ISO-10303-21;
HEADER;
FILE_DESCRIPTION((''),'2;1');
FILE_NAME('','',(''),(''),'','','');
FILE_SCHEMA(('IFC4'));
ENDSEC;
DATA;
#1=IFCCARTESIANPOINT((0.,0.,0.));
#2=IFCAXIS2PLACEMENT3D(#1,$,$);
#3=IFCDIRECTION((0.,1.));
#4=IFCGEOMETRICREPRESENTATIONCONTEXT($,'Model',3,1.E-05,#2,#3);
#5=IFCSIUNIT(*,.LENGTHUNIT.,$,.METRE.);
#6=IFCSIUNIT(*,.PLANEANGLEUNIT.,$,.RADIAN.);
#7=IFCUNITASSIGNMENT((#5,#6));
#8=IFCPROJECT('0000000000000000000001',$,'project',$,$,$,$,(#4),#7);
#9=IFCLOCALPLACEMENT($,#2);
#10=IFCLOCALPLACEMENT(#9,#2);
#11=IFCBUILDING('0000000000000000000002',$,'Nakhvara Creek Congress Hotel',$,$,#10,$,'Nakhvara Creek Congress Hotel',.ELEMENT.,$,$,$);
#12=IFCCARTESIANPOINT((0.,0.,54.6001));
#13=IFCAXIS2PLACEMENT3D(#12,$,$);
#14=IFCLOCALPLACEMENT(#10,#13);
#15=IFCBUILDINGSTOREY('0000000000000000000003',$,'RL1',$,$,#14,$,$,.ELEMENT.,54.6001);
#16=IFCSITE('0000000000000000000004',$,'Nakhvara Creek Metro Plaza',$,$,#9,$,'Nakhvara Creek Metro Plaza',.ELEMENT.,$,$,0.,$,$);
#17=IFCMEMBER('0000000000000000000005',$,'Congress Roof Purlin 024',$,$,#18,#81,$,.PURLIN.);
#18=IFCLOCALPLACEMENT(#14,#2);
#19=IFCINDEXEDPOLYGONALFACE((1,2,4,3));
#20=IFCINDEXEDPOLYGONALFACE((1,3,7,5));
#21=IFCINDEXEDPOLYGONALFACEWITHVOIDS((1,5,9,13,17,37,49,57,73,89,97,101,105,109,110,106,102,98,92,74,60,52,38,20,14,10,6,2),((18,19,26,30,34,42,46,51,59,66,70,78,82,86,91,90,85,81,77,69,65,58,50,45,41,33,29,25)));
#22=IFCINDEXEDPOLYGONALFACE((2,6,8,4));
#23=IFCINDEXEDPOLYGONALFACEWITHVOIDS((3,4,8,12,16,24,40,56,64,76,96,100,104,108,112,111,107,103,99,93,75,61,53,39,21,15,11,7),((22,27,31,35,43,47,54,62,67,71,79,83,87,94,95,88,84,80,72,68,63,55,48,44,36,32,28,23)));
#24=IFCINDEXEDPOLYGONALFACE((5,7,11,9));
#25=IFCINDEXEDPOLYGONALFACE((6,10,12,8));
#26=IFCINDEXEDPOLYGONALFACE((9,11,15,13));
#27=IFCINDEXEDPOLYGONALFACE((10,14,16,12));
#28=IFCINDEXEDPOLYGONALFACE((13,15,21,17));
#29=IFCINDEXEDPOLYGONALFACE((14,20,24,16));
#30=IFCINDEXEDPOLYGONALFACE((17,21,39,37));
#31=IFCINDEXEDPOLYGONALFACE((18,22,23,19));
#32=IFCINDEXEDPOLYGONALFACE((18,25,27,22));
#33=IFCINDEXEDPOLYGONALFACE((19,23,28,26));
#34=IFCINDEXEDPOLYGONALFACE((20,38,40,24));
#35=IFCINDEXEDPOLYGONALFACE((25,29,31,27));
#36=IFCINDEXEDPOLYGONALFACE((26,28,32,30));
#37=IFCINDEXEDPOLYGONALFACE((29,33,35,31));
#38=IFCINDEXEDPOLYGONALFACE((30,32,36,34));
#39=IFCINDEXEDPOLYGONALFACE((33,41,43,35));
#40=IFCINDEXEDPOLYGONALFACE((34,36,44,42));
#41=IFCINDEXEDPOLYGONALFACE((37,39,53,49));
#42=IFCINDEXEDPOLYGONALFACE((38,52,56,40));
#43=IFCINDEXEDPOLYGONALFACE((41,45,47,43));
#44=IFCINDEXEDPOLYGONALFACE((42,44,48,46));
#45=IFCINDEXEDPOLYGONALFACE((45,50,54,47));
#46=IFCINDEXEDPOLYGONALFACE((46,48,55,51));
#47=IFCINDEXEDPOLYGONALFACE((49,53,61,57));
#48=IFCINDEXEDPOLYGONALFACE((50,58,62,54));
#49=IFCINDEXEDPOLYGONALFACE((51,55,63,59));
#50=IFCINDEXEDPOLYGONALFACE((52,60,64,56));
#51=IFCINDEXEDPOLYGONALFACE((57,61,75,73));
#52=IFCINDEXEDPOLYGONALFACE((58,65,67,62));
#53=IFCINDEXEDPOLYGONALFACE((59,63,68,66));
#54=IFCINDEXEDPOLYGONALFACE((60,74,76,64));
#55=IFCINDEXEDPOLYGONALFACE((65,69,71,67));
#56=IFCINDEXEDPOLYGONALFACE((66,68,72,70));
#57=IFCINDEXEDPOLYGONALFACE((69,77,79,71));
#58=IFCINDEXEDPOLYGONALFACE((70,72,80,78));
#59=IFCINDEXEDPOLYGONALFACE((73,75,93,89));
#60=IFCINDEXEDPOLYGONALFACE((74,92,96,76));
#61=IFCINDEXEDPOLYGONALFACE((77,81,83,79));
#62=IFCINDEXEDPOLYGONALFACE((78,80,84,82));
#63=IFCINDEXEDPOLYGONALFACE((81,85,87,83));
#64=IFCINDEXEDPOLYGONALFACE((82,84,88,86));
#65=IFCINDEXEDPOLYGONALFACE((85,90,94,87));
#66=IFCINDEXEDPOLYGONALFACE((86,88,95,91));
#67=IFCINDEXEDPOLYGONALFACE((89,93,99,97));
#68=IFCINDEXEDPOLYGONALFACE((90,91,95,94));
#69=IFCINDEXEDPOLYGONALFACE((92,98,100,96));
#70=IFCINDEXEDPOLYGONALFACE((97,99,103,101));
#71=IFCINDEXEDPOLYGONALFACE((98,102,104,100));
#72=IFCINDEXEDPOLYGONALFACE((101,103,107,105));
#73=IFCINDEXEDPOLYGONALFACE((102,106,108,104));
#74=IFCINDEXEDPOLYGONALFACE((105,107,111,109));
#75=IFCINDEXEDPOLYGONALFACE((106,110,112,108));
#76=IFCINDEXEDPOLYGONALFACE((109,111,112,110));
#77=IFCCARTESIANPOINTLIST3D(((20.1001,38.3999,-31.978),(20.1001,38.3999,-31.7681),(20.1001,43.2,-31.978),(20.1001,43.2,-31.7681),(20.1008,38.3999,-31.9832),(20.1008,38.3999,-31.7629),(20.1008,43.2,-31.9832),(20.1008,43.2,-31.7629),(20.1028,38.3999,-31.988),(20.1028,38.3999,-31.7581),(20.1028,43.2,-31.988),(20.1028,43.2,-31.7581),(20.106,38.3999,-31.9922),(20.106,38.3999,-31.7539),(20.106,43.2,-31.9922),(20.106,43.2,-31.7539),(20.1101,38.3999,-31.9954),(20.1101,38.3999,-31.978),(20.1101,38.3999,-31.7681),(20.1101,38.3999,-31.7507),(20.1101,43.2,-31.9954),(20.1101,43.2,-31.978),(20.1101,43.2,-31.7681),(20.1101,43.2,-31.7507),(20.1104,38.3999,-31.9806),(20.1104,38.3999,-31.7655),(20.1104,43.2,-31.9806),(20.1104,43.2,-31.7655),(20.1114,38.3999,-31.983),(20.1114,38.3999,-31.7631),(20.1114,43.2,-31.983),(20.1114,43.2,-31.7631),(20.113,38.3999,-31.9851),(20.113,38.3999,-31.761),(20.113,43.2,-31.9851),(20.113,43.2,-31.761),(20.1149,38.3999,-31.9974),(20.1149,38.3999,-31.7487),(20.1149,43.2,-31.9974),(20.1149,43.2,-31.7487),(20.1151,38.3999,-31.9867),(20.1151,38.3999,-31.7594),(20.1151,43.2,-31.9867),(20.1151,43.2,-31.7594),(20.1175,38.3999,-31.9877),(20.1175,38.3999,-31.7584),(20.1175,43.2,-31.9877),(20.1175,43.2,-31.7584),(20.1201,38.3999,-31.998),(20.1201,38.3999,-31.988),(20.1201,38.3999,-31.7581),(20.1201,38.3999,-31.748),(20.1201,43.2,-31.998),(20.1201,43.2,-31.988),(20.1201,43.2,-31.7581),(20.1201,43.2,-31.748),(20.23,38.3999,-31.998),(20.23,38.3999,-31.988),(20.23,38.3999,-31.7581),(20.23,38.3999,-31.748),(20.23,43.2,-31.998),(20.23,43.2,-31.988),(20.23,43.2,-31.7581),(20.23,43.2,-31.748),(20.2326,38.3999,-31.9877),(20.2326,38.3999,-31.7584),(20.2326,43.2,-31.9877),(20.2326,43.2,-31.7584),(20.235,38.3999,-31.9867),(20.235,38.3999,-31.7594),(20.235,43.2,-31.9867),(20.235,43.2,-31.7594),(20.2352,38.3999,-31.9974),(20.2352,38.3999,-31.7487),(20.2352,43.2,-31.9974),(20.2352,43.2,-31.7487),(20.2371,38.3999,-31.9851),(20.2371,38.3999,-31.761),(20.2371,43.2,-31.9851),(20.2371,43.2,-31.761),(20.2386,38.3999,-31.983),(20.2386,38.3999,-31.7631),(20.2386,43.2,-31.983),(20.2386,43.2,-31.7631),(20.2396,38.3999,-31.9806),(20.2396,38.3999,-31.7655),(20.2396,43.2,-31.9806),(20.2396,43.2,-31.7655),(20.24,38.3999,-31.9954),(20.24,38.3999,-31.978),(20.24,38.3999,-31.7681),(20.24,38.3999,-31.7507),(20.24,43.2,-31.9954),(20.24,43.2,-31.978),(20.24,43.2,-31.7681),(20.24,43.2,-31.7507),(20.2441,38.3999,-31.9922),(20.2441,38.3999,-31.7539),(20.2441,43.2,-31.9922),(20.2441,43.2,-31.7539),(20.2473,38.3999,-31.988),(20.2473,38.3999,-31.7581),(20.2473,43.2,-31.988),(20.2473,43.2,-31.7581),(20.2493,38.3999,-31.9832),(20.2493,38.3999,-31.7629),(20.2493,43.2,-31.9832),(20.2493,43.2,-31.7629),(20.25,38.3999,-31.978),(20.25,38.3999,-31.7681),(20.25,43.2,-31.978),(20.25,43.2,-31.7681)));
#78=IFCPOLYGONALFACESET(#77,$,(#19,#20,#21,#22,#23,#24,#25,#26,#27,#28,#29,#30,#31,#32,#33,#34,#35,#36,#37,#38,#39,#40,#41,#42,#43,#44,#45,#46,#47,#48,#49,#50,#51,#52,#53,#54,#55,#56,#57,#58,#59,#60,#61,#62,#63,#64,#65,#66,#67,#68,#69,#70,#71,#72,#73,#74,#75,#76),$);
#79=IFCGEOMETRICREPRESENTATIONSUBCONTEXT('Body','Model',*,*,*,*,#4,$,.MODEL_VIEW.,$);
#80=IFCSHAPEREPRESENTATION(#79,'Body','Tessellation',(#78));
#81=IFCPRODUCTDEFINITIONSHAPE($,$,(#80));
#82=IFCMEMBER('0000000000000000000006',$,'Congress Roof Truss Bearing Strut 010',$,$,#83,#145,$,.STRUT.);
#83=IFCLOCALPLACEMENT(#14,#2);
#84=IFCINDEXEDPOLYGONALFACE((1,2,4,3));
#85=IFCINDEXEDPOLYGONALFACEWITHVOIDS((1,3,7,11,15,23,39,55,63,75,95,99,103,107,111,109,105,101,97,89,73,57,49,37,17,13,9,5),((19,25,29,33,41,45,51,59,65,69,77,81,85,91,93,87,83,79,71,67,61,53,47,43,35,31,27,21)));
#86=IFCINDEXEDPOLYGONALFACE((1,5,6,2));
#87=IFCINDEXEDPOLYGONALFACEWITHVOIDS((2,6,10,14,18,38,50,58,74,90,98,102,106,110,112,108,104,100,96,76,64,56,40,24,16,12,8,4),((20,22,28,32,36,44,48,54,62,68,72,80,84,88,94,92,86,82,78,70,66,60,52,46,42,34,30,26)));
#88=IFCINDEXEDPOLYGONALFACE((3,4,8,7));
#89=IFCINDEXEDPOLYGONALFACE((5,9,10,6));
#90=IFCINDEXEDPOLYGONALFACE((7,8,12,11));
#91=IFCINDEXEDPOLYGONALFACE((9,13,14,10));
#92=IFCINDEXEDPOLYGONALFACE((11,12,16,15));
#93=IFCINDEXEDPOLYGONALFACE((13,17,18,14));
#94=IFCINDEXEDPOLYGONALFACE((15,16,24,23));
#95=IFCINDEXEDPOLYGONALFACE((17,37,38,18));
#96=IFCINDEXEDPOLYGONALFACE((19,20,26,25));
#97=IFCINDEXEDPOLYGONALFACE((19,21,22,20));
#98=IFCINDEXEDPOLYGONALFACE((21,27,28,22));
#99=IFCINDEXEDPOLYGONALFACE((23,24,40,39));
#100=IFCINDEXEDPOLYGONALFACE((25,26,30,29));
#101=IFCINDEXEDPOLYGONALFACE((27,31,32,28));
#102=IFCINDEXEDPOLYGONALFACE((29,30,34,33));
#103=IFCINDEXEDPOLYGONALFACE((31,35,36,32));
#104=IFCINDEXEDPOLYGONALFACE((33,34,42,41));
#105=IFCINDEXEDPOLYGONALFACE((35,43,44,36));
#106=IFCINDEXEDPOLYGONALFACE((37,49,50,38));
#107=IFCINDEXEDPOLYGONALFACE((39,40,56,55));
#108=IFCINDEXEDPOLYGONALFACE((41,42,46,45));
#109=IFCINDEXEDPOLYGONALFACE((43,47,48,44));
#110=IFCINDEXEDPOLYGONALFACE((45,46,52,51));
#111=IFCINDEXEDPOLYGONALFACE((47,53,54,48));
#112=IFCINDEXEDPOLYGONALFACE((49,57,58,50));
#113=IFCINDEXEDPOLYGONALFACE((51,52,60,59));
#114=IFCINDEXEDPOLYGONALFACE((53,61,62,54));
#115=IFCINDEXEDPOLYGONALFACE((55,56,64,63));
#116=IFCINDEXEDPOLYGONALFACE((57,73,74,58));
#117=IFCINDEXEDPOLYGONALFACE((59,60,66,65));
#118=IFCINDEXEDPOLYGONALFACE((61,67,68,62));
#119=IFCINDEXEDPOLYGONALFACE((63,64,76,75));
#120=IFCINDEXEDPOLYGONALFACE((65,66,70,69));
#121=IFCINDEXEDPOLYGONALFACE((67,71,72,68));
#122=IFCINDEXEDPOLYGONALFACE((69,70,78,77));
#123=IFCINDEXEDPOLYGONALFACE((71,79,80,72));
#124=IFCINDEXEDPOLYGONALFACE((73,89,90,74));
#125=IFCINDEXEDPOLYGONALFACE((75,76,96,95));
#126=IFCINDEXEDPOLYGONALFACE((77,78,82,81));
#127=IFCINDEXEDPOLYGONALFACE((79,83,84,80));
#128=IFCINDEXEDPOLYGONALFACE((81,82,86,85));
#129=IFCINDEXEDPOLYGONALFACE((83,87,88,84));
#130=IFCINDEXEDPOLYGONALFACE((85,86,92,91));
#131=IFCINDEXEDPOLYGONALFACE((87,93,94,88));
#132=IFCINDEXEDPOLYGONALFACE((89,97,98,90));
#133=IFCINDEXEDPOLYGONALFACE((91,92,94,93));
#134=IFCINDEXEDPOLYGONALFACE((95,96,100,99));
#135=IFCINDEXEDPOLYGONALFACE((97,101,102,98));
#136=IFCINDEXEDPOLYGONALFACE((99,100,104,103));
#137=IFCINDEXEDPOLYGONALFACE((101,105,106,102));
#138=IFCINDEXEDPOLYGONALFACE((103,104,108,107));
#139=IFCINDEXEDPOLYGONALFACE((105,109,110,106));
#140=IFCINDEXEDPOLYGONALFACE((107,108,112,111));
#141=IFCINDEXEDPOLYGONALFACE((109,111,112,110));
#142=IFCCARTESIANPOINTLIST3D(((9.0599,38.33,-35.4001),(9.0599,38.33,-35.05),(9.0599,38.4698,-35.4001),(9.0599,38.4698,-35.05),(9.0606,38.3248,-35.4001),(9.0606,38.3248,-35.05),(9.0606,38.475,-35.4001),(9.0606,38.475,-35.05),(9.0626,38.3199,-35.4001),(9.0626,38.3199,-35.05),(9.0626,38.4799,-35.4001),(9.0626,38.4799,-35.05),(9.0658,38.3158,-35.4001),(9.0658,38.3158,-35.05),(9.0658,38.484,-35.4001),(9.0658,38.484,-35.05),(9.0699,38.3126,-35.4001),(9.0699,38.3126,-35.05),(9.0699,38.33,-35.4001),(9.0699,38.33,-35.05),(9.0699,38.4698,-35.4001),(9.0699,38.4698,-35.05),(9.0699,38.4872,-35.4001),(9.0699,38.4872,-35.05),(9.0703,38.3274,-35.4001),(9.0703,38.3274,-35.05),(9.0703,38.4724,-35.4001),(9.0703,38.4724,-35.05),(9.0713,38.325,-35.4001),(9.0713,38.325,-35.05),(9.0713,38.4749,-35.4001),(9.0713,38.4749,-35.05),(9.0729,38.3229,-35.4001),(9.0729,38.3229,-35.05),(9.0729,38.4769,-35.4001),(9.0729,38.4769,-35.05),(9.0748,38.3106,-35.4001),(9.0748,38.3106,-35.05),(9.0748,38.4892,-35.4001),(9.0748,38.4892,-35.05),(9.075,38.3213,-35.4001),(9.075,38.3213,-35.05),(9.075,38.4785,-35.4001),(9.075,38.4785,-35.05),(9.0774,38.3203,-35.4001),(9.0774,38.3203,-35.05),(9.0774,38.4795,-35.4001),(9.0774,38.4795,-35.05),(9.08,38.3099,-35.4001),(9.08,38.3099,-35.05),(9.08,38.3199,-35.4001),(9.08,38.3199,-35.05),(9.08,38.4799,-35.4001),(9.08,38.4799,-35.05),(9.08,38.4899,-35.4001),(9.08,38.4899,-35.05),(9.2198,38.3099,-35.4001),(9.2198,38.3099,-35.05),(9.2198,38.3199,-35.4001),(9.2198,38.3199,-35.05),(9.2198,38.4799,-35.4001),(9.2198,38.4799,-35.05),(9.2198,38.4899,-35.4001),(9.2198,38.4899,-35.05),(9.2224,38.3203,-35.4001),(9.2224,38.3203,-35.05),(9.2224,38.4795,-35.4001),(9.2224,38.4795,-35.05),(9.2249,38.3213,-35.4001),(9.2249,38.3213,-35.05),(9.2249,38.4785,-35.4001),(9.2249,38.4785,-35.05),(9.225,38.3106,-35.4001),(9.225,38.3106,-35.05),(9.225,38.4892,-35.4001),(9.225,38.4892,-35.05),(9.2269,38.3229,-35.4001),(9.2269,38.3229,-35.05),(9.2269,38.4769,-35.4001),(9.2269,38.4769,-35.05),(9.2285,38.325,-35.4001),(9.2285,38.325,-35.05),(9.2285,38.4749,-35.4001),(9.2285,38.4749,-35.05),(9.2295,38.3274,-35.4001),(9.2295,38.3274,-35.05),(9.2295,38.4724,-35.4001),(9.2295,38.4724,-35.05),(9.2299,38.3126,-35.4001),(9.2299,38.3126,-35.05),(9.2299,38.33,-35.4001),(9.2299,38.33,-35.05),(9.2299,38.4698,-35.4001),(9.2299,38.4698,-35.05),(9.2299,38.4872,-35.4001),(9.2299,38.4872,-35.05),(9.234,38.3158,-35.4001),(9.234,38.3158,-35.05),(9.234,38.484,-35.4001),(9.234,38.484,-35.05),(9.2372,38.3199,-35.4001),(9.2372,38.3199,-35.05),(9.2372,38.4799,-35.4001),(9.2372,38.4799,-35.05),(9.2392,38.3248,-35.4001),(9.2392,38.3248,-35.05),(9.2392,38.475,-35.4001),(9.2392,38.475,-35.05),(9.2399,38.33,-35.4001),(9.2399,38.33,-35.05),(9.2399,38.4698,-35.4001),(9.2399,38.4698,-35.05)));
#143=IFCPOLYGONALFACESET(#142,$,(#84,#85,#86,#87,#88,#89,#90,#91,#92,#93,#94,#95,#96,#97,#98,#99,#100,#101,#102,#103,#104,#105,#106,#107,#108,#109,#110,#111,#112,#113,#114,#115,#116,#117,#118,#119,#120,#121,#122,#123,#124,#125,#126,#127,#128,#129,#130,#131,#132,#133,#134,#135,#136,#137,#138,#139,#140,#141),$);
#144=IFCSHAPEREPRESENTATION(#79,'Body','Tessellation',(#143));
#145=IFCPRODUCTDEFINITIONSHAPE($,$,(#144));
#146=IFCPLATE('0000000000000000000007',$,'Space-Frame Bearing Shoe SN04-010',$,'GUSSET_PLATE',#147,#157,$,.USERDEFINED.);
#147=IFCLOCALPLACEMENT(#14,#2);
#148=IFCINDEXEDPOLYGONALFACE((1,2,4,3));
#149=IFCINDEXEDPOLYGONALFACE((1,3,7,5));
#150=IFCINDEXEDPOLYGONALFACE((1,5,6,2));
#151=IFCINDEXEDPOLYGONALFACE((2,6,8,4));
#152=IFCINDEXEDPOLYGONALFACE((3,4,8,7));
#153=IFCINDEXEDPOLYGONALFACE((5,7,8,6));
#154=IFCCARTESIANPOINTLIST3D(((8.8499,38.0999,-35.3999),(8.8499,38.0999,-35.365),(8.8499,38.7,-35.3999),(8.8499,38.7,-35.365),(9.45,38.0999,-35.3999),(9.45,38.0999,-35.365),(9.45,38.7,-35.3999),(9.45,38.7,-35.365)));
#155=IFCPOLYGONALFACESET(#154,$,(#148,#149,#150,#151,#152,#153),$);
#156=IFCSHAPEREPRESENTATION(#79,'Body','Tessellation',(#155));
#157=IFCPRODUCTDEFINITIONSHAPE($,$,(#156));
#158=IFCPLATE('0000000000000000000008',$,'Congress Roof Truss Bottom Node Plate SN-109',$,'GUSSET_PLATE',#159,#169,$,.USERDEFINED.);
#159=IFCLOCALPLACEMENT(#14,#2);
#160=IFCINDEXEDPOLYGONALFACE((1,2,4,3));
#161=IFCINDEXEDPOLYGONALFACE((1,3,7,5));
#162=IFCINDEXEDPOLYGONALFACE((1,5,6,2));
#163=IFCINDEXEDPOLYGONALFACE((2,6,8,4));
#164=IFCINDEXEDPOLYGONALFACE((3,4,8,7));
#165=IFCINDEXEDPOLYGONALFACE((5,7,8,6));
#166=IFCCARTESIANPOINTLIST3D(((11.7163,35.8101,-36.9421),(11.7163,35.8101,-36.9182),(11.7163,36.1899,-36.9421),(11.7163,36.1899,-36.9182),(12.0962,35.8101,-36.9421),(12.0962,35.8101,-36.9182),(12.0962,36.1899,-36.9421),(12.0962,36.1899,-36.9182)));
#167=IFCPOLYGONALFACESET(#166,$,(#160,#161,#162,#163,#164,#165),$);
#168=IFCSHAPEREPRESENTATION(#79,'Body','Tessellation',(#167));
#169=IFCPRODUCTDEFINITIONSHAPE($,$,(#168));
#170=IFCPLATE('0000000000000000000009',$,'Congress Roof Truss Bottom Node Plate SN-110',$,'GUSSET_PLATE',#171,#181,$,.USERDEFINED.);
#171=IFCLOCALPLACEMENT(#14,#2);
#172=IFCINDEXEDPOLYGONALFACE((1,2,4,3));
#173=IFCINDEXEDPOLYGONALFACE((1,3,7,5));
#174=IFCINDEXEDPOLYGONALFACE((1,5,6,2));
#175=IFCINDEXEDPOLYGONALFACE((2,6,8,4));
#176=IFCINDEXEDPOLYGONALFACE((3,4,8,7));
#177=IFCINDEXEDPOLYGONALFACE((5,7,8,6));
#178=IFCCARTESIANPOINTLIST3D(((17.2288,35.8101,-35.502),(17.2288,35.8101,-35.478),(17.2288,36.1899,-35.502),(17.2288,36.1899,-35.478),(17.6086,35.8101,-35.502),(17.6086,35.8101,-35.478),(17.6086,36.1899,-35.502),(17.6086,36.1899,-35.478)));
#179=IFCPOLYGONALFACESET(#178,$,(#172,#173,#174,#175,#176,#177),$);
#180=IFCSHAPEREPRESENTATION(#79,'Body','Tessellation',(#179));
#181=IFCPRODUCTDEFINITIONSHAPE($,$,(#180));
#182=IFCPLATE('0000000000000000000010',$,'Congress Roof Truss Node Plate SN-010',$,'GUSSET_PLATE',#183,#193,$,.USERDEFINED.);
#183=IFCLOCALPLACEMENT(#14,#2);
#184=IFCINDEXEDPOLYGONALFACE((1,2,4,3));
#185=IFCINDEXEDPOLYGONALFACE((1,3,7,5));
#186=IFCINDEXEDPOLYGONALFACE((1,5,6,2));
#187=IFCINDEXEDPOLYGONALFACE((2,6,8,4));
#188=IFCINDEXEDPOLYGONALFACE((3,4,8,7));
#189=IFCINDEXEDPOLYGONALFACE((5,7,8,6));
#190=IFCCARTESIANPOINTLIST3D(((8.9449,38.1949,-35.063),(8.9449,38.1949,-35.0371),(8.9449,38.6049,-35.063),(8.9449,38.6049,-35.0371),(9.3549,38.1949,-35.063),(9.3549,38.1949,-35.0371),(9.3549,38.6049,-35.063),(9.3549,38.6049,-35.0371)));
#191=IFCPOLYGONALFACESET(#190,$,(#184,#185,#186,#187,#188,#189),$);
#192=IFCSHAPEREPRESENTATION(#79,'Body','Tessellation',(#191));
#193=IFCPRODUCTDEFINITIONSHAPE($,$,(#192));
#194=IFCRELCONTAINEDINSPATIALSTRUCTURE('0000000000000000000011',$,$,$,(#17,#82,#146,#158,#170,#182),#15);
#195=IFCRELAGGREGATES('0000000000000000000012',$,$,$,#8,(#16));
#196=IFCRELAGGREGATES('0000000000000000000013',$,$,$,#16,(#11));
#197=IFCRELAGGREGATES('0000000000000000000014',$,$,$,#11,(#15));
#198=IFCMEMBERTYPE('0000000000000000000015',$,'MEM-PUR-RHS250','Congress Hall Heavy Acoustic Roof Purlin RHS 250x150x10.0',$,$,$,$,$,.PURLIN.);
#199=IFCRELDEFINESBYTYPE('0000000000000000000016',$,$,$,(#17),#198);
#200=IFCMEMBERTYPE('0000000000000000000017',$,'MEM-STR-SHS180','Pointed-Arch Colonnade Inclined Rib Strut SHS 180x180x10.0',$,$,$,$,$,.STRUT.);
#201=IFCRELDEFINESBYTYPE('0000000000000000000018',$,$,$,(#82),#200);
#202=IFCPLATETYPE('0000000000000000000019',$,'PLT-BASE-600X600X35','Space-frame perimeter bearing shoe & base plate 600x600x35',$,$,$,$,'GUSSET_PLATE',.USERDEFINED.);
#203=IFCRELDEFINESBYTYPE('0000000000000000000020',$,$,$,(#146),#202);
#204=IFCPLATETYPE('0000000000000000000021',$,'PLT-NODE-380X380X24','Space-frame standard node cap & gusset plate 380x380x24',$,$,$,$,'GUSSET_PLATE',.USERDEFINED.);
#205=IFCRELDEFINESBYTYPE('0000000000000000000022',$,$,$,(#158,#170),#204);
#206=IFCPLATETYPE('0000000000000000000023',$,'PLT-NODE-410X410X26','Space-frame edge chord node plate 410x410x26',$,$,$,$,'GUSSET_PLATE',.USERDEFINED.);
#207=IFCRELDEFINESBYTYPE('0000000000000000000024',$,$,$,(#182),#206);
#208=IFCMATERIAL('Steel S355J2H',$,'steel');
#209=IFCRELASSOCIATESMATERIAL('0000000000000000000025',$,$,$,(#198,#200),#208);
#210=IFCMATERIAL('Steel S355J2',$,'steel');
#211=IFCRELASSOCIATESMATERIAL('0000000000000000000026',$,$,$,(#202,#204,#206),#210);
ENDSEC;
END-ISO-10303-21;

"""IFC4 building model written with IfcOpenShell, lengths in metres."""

from ifc_helpers import new_model, si_unit, direction, frame, origin, origin_2d, place, context, subcontext, project, spatial, rectangle, hollow_rectangle, extrude, material, material_profile, profile_set, type_object, element, save


model = new_model("IFC4")

# Units and contexts
model_context = context("Model", 3, precision=1e-05, world=origin(), true_north=direction((0.0, 1.0)))
body_context = subcontext(model_context, "Body", "Model", "MODEL_VIEW")
ifc_project = project(units=[si_unit("LENGTHUNIT", "METRE"), si_unit("PLANEANGLEUNIT", "RADIAN")], contexts=[model_context])

# Site, building, storey
site_placement = place(None, origin())
site = spatial("IfcSite", under=ifc_project, at=site_placement, Name="Nakhvara Creek Metro Plaza", LongName="Nakhvara Creek Metro Plaza", CompositionType="ELEMENT", RefElevation=0.0)
building_placement = place(site_placement, origin())
building = spatial("IfcBuilding", under=site, at=building_placement, Name="Nakhvara Creek Congress Hotel", LongName="Nakhvara Creek Congress Hotel", CompositionType="ELEMENT")
storey_placement = place(building_placement, frame((0.0, 0.0, 54.6001)))
storey = spatial("IfcBuildingStorey", under=building, at=storey_placement, Name="RL1", CompositionType="ELEMENT", Elevation=54.6001)

# Members
ifc_material_1 = material(Name="Steel S355J2H", Category="steel")
ifc_material_profile_1 = material_profile(ifc_material_1, hollow_rectangle(XDim=0.1499, YDim=0.25, WallThickness=0.01, InnerFilletRadius=0.01, OuterFilletRadius=0.02, at=origin_2d()), Name="RHS 250x150x10.0", Category="LoadBearing")
ifc_profile_set_1 = profile_set([ifc_material_profile_1], Name="Steel S355J2H")
member_type_1 = type_object("IfcMemberType", Name="MEM-PUR-RHS250", Description="Congress Hall Heavy Acoustic Roof Purlin RHS 250x150x10.0", PredefinedType="PURLIN", material=ifc_profile_set_1)
for number, where, z_axis, x_axis, name in (
    (1, (20.175, 38.3999, -31.873), (0.0, 1.0, 0.0), (-1.0, 0.0, 0.0), "Congress Roof Purlin 024"),
):
    element("IfcMember", number, at=place(storey_placement, frame(where, z_axis=z_axis, x_axis=x_axis)), inside=storey, type_object=member_type_1, Name=name, PredefinedType="PURLIN", context=body_context, shape_type="SweptSolid", body=[
        extrude(hollow_rectangle(XDim=0.1499, YDim=0.25, WallThickness=0.01, InnerFilletRadius=0.01, OuterFilletRadius=0.02, at=origin_2d()), origin(), (0.0, 0.0, 1.0), 4.8),
    ])
ifc_material_profile_2 = material_profile(ifc_material_1, hollow_rectangle(XDim=0.1799, YDim=0.1799, WallThickness=0.01, InnerFilletRadius=0.01, OuterFilletRadius=0.02, at=origin_2d()), Name="SHS 180x180x10.0", Category="LoadBearing")
ifc_profile_set_2 = profile_set([ifc_material_profile_2], Name="Steel S355J2H")
member_type_2 = type_object("IfcMemberType", Name="MEM-STR-SHS180", Description="Pointed-Arch Colonnade Inclined Rib Strut SHS 180x180x10.0", PredefinedType="STRUT", material=ifc_profile_set_2)
member_1_placement = place(storey_placement, frame((9.1499, 38.3999, -35.4001), z_axis=(0.0, 0.0, 1.0), x_axis=(1.0, 0.0, 0.0)))
element("IfcMember", 2, at=member_1_placement, inside=storey, type_object=member_type_2, Name="Congress Roof Truss Bearing Strut 010", PredefinedType="STRUT", context=body_context, shape_type="SweptSolid", body=[
    extrude(hollow_rectangle(XDim=0.1799, YDim=0.1799, WallThickness=0.01, InnerFilletRadius=0.01, OuterFilletRadius=0.02, at=origin_2d()), origin(), (0.0, 0.0, 1.0), 0.3501),
])

# Plates
ifc_material_2 = material(Name="Steel S355J2", Category="steel")
plate_type_1 = type_object("IfcPlateType", Name="PLT-BASE-600X600X35", Description="Space-frame perimeter bearing shoe & base plate 600x600x35", ElementType="GUSSET_PLATE", PredefinedType="USERDEFINED", material=ifc_material_2)
plate_1_placement = place(storey_placement, frame((9.1499, 38.3999, -35.3999), z_axis=(0.0, 0.0, 1.0), x_axis=(1.0, 0.0, 0.0)))
element("IfcPlate", 3, at=plate_1_placement, inside=storey, type_object=plate_type_1, Name="Space-Frame Bearing Shoe SN04-010", ObjectType="GUSSET_PLATE", PredefinedType="USERDEFINED", context=body_context, shape_type="SweptSolid", body=[
    extrude(rectangle(XDim=0.6001, YDim=0.6001, at=origin_2d()), origin(), (0.0, 0.0, 1.0), 0.0349),
])
plate_type_2 = type_object("IfcPlateType", Name="PLT-NODE-380X380X24", Description="Space-frame standard node cap & gusset plate 380x380x24", ElementType="GUSSET_PLATE", PredefinedType="USERDEFINED", material=ifc_material_2)
for number, where, z_axis, x_axis, name in (
    (4, (11.9062, 36.0, -36.9421), (0.0, 0.0, 1.0), (1.0, 0.0, 0.0), "Congress Roof Truss Bottom Node Plate SN-109"),
    (5, (17.4187, 36.0, -35.502), (0.0, 0.0, 1.0), (1.0, 0.0, 0.0), "Congress Roof Truss Bottom Node Plate SN-110"),
):
    element("IfcPlate", number, at=place(storey_placement, frame(where, z_axis=z_axis, x_axis=x_axis)), inside=storey, type_object=plate_type_2, Name=name, ObjectType="GUSSET_PLATE", PredefinedType="USERDEFINED", context=body_context, shape_type="SweptSolid", body=[
        extrude(rectangle(XDim=0.3799, YDim=0.3799, at=origin_2d()), origin(), (0.0, 0.0, 1.0), 0.0239),
    ])
plate_type_3 = type_object("IfcPlateType", Name="PLT-NODE-410X410X26", Description="Space-frame edge chord node plate 410x410x26", ElementType="GUSSET_PLATE", PredefinedType="USERDEFINED", material=ifc_material_2)
plate_2_placement = place(storey_placement, frame((9.1499, 38.3999, -35.063), z_axis=(0.0, 0.0, 1.0), x_axis=(1.0, 0.0, 0.0)))
element("IfcPlate", 6, at=plate_2_placement, inside=storey, type_object=plate_type_3, Name="Congress Roof Truss Node Plate SN-010", ObjectType="GUSSET_PLATE", PredefinedType="USERDEFINED", context=body_context, shape_type="SweptSolid", body=[
    extrude(rectangle(XDim=0.4099, YDim=0.4099, at=origin_2d()), origin(), (0.0, 0.0, 1.0), 0.0259),
])

save(model, "model.ifc")
